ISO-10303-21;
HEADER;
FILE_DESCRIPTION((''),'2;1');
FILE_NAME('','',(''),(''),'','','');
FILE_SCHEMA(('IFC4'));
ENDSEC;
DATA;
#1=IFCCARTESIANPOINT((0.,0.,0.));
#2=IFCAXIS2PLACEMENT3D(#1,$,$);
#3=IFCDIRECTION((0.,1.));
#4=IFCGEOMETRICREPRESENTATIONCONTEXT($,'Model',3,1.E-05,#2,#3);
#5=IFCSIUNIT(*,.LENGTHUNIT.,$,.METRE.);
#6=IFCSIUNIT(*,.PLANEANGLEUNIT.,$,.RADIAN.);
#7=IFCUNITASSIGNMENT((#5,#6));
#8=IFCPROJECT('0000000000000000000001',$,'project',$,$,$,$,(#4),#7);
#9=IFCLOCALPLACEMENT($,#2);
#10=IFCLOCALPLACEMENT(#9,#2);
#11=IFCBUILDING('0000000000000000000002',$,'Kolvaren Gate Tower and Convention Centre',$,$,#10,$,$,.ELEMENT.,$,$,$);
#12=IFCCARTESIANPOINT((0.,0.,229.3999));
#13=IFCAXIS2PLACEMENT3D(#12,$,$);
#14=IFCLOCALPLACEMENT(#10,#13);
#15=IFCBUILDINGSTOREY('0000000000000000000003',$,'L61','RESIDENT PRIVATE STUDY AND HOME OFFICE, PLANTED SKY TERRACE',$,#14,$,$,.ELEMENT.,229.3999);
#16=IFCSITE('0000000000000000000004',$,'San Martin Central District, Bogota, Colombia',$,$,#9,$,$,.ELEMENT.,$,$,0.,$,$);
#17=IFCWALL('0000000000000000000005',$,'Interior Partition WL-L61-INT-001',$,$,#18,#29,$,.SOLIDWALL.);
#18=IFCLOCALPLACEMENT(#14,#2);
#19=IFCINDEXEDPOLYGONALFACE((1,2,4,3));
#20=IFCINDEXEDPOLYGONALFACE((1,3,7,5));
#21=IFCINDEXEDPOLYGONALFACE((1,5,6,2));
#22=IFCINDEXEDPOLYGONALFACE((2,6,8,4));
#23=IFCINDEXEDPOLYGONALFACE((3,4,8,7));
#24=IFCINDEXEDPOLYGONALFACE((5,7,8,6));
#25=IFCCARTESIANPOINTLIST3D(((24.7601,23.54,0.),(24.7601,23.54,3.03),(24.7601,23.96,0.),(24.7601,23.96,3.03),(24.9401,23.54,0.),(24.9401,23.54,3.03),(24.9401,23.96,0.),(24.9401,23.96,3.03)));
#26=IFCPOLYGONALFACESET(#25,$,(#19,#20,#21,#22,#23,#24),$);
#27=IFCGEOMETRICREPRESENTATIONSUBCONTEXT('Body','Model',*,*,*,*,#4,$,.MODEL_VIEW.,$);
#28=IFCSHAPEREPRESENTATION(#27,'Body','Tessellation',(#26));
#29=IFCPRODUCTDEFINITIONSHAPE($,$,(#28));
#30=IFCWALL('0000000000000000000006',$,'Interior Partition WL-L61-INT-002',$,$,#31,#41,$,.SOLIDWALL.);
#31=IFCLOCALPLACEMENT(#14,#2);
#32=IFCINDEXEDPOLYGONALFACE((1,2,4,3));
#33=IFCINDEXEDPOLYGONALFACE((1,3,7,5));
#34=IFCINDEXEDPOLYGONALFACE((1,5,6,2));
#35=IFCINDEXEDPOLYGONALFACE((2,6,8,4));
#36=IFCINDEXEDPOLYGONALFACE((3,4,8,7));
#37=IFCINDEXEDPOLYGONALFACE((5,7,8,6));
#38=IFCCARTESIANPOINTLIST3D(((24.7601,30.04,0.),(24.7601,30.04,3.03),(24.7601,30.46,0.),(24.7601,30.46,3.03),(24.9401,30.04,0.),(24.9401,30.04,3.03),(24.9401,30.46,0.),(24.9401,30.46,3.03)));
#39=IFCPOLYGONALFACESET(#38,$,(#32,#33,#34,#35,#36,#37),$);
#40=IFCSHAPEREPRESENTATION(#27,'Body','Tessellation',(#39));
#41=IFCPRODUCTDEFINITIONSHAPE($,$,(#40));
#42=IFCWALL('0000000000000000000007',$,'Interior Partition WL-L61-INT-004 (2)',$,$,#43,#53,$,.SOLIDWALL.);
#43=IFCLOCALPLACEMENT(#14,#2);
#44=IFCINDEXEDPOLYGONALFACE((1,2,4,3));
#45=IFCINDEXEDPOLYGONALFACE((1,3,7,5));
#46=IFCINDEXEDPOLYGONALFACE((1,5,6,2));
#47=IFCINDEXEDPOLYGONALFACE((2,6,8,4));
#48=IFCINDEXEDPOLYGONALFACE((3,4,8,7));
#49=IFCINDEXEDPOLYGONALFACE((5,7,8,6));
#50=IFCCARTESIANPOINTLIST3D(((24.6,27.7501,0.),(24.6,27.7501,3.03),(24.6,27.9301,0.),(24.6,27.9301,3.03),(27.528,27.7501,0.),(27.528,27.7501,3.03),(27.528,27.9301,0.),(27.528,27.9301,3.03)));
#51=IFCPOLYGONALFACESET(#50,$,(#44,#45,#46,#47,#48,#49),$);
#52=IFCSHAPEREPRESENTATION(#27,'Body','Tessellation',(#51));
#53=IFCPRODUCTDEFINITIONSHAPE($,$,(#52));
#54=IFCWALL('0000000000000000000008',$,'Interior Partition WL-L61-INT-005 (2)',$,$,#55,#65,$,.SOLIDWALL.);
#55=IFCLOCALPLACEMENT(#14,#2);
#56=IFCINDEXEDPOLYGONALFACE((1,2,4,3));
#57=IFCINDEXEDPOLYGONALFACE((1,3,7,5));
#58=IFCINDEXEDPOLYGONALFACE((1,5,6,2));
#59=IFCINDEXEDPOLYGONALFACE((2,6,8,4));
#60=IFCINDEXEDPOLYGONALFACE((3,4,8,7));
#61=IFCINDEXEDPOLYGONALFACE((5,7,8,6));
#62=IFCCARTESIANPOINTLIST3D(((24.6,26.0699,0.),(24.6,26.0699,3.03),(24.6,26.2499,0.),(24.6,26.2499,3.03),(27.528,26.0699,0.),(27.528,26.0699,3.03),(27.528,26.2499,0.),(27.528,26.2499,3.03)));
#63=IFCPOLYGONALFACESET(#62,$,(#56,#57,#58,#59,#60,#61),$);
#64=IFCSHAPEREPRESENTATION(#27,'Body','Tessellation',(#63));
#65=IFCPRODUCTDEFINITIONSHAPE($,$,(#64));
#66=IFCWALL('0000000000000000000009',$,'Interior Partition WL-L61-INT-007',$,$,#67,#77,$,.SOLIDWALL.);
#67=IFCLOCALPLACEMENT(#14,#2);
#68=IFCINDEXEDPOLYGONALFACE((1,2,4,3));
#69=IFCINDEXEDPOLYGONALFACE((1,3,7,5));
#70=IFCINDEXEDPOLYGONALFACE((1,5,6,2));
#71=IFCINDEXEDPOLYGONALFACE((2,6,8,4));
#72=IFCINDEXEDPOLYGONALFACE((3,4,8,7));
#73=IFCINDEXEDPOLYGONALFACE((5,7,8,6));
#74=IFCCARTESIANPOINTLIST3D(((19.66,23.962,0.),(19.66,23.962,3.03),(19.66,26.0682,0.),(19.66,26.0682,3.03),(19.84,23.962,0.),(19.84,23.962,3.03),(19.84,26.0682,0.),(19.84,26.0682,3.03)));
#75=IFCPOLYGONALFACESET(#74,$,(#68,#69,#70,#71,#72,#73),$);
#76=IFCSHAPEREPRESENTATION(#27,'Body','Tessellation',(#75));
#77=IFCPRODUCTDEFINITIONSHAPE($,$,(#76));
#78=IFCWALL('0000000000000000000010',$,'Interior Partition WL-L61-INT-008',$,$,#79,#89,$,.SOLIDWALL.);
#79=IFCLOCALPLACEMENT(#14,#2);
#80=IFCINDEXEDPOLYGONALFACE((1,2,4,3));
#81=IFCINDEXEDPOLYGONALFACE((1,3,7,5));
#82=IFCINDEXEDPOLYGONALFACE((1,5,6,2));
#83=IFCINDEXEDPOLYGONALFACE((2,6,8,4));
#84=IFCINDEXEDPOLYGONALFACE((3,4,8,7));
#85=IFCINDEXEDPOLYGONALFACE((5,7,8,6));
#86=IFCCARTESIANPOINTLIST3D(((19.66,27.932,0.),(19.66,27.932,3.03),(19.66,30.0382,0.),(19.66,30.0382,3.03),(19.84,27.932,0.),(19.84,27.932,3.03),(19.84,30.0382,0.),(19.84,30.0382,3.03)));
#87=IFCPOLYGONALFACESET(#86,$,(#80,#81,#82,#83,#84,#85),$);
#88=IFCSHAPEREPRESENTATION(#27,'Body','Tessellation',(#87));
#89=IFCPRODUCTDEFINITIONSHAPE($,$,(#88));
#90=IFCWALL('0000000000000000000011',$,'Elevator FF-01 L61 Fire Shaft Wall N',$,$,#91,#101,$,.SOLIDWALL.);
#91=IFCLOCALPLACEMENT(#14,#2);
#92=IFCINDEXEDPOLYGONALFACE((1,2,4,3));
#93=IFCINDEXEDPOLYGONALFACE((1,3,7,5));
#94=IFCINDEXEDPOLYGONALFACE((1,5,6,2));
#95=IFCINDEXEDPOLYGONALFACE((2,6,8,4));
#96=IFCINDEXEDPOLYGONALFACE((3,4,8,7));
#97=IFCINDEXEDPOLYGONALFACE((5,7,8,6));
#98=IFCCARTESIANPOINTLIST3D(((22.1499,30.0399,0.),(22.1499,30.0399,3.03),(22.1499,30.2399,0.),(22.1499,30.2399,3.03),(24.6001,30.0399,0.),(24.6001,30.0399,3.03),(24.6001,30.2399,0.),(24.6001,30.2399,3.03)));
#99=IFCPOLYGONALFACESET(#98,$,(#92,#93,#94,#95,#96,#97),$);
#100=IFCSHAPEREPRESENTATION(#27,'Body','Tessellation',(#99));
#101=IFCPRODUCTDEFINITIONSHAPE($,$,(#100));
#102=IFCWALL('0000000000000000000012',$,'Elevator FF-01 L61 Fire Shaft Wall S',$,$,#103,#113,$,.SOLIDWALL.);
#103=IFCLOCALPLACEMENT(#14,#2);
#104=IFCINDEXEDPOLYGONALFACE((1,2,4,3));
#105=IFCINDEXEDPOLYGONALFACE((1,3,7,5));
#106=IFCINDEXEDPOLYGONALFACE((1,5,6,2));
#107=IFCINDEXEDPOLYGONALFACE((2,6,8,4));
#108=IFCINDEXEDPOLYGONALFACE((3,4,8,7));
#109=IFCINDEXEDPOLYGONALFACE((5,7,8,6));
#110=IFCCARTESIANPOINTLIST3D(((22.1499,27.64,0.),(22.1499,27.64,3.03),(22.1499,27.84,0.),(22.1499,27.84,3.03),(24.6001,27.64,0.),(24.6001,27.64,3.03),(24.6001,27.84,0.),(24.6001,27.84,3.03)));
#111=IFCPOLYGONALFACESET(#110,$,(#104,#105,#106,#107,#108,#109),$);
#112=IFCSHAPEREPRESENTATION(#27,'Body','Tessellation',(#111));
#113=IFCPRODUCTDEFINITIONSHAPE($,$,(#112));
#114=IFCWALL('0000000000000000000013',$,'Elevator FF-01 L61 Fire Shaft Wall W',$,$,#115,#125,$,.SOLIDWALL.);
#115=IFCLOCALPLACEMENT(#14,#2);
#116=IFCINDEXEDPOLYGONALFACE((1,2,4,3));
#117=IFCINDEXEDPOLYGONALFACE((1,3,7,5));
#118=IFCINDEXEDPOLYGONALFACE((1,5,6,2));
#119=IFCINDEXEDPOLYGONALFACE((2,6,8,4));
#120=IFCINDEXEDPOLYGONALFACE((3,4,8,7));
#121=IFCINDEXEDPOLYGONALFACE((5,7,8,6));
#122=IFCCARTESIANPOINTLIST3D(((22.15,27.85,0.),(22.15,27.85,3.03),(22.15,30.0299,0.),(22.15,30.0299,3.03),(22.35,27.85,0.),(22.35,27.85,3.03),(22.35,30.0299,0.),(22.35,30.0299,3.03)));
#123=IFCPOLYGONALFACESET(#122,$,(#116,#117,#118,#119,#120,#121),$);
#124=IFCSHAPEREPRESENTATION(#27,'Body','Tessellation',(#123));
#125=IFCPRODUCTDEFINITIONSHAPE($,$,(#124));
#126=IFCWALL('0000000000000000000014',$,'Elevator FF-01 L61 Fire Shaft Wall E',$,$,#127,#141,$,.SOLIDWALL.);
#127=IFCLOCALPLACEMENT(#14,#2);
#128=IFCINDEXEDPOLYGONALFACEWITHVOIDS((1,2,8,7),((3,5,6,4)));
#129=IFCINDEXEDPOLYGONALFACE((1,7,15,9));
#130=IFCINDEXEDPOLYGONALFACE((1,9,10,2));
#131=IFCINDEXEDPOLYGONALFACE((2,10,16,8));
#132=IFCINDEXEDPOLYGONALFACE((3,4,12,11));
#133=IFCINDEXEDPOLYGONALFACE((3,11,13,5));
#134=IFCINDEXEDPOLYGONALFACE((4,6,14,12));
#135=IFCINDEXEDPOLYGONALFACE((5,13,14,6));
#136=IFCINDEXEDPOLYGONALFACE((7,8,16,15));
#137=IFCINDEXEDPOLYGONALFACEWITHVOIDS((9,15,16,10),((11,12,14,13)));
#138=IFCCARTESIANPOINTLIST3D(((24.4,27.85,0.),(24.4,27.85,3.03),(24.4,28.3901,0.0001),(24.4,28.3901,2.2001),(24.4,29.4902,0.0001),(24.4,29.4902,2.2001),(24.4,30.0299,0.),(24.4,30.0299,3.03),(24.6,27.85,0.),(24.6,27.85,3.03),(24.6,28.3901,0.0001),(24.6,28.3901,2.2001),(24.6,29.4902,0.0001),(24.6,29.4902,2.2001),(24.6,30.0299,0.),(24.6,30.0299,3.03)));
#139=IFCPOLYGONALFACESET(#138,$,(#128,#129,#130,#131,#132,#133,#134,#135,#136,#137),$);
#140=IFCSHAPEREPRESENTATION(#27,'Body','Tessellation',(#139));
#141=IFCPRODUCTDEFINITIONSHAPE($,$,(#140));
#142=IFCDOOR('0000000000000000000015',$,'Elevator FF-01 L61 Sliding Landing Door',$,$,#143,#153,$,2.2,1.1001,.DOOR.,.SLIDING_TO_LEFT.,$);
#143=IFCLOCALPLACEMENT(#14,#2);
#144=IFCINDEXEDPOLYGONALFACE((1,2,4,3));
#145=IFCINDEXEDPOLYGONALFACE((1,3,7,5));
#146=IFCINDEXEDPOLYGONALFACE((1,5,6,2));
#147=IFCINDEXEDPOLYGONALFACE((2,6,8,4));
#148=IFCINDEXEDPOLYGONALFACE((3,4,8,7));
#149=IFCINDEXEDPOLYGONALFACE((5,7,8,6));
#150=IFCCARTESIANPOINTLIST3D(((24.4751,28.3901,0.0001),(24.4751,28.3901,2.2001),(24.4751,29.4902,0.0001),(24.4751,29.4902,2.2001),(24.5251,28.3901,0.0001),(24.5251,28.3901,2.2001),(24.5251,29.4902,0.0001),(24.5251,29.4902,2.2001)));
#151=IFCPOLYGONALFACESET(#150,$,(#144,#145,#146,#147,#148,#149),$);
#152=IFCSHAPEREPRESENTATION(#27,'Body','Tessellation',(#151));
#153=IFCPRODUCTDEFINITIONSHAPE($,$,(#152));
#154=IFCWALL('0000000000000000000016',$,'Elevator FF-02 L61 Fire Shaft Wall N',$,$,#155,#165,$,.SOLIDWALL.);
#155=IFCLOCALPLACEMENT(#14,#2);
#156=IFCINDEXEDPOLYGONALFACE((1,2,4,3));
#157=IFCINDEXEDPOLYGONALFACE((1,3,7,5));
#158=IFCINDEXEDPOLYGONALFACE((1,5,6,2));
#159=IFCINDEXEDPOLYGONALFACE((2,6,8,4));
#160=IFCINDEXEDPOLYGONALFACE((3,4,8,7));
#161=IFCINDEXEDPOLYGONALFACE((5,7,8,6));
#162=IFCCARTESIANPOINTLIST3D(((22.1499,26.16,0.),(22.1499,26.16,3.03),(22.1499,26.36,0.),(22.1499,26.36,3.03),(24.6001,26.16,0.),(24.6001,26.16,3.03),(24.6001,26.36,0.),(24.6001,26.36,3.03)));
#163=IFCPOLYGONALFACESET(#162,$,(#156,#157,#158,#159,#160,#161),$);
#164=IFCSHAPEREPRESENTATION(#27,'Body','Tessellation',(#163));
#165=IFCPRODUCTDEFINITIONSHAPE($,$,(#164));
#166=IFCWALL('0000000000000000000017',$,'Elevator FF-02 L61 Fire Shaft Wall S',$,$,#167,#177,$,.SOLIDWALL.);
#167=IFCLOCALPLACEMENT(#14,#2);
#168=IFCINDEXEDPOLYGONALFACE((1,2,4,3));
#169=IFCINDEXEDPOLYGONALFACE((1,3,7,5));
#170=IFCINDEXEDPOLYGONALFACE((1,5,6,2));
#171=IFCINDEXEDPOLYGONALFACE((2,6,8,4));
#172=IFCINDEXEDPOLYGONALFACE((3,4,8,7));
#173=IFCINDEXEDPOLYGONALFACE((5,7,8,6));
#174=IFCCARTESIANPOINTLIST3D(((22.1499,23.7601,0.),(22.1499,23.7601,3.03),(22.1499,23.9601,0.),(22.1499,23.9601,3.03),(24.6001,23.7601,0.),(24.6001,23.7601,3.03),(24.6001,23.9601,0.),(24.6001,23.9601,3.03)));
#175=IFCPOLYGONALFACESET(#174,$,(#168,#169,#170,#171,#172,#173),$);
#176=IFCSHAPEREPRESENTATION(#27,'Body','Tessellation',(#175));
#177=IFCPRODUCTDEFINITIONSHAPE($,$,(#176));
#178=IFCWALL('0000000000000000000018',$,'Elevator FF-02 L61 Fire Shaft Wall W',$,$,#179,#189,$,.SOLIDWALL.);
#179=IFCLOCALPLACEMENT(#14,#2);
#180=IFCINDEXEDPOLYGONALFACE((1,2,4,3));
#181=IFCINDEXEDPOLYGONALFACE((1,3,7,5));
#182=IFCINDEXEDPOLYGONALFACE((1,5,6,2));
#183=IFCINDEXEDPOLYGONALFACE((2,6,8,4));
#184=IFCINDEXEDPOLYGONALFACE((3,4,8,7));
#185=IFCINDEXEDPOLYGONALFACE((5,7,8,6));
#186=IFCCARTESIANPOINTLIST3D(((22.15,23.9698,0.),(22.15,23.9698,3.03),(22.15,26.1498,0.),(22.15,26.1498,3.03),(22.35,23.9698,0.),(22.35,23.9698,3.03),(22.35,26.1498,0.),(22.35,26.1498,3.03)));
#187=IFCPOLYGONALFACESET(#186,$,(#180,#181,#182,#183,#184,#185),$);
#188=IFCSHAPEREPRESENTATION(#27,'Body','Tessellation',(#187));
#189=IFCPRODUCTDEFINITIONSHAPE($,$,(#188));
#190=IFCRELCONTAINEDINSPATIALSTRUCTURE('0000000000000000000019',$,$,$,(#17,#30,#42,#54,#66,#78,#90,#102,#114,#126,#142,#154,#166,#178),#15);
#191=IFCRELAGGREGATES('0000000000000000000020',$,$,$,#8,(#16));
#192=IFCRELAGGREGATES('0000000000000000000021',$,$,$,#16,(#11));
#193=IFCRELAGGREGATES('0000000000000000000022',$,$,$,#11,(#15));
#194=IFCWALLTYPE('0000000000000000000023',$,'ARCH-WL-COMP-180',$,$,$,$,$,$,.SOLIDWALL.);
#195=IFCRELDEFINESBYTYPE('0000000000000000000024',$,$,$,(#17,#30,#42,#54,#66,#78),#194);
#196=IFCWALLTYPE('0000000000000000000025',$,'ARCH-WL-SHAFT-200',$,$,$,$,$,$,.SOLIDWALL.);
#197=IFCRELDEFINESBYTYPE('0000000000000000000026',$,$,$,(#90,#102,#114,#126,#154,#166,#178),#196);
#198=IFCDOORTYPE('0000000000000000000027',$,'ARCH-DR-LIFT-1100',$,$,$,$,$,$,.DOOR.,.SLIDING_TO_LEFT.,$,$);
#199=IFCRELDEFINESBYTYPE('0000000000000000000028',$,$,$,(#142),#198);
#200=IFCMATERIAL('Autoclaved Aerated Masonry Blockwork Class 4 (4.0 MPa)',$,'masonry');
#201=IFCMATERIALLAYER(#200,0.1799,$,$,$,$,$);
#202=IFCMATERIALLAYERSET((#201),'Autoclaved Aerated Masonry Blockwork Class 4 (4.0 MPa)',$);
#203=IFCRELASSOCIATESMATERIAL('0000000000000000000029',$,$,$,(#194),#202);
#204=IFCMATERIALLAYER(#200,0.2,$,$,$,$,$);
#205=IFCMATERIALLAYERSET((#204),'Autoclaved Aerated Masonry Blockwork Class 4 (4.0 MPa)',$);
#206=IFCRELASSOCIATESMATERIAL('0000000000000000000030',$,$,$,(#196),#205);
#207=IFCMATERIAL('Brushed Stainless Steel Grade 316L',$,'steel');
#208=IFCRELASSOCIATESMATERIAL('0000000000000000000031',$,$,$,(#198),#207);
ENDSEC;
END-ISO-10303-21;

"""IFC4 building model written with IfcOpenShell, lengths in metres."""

from ifc_helpers import new_model, si_unit, direction, frame, frame_2d, origin, place, context, subcontext, project, spatial, rectangle, extrude, material, layer, layer_set, type_object, element, fill, save


model = new_model("IFC4")

# Units and contexts
model_context = context("Model", 3, precision=1e-05, world=origin(), true_north=direction((0.0, 1.0)))
body_context = subcontext(model_context, "Body", "Model", "MODEL_VIEW")
ifc_project = project(units=[si_unit("LENGTHUNIT", "METRE"), si_unit("PLANEANGLEUNIT", "RADIAN")], contexts=[model_context])

# Site, building, storey
site_placement = place(None, origin())
site = spatial("IfcSite", under=ifc_project, at=site_placement, Name="San Martin Central District, Bogota, Colombia", CompositionType="ELEMENT", RefElevation=0.0)
building_placement = place(site_placement, origin())
building = spatial("IfcBuilding", under=site, at=building_placement, Name="Kolvaren Gate Tower and Convention Centre", CompositionType="ELEMENT")
storey_placement = place(building_placement, frame((0.0, 0.0, 229.3999)))
storey = spatial("IfcBuildingStorey", under=building, at=storey_placement, Name="L61", Description="RESIDENT PRIVATE STUDY AND HOME OFFICE, PLANTED SKY TERRACE", CompositionType="ELEMENT", Elevation=229.3999)

# Walls
ifc_material_1 = material(Name="Autoclaved Aerated Masonry Blockwork Class 4 (4.0 MPa)", Category="masonry")
ifc_layer_1 = layer(ifc_material_1, 0.1799)
ifc_layer_set_1 = layer_set([ifc_layer_1], Name="Autoclaved Aerated Masonry Blockwork Class 4 (4.0 MPa)")
wall_type_1 = type_object("IfcWallType", Name="ARCH-WL-COMP-180", PredefinedType="SOLIDWALL", material=ifc_layer_set_1)
for number, where, z_axis, x_axis, name in (
    (1, (24.8501, 23.54, 0.0), (0.0, 0.0, 1.0), (0.0, 1.0, 0.0), "Interior Partition WL-L61-INT-001"),
    (2, (24.8501, 30.04, 0.0), (0.0, 0.0, 1.0), (0.0, 1.0, 0.0), "Interior Partition WL-L61-INT-002"),
):
    element("IfcWall", number, at=place(storey_placement, frame(where, z_axis=z_axis, x_axis=x_axis)), inside=storey, type_object=wall_type_1, Name=name, PredefinedType="SOLIDWALL", context=body_context, shape_type="SweptSolid", body=[
        extrude(rectangle(XDim=0.4199, YDim=0.1799, at=frame_2d((0.21, 0.0))), origin(), (0.0, 0.0, 1.0), 3.03),
    ])
for number, where, z_axis, x_axis, name in (
    (3, (24.6001, 27.8401, 0.0), (0.0, 0.0, 1.0), (1.0, 0.0, 0.0), "Interior Partition WL-L61-INT-004 (2)"),
    (4, (24.6001, 26.1599, 0.0), (0.0, 0.0, 1.0), (1.0, 0.0, 0.0), "Interior Partition WL-L61-INT-005 (2)"),
):
    element("IfcWall", number, at=place(storey_placement, frame(where, z_axis=z_axis, x_axis=x_axis)), inside=storey, type_object=wall_type_1, Name=name, PredefinedType="SOLIDWALL", context=body_context, shape_type="SweptSolid", body=[
        extrude(rectangle(XDim=2.928, YDim=0.1799, at=frame_2d((1.4639, 0.0))), origin(), (0.0, 0.0, 1.0), 3.03),
    ])
for number, where, z_axis, x_axis, name in (
    (5, (19.75, 23.9619, 0.0), (0.0, 0.0, 1.0), (0.0, 1.0, 0.0), "Interior Partition WL-L61-INT-007"),
    (6, (19.75, 27.9319, 0.0), (0.0, 0.0, 1.0), (0.0, 1.0, 0.0), "Interior Partition WL-L61-INT-008"),
):
    element("IfcWall", number, at=place(storey_placement, frame(where, z_axis=z_axis, x_axis=x_axis)), inside=storey, type_object=wall_type_1, Name=name, PredefinedType="SOLIDWALL", context=body_context, shape_type="SweptSolid", body=[
        extrude(rectangle(XDim=2.1062, YDim=0.1799, at=frame_2d((1.0532, 0.0))), origin(), (0.0, 0.0, 1.0), 3.03),
    ])
ifc_layer_2 = layer(ifc_material_1, 0.2)
ifc_layer_set_2 = layer_set([ifc_layer_2], Name="Autoclaved Aerated Masonry Blockwork Class 4 (4.0 MPa)")
wall_type_2 = type_object("IfcWallType", Name="ARCH-WL-SHAFT-200", PredefinedType="SOLIDWALL", material=ifc_layer_set_2)
for number, where, z_axis, x_axis, name in (
    (7, (22.1499, 30.1399, 0.0), (0.0, 0.0, 1.0), (1.0, 0.0, 0.0), "Elevator FF-01 L61 Fire Shaft Wall N"),
    (8, (22.1499, 27.74, 0.0), (0.0, 0.0, 1.0), (1.0, 0.0, 0.0), "Elevator FF-01 L61 Fire Shaft Wall S"),
):
    element("IfcWall", number, at=place(storey_placement, frame(where, z_axis=z_axis, x_axis=x_axis)), inside=storey, type_object=wall_type_2, Name=name, PredefinedType="SOLIDWALL", context=body_context, shape_type="SweptSolid", body=[
        extrude(rectangle(XDim=2.4502, YDim=0.2, at=frame_2d((1.2251, 0.0))), origin(), (0.0, 0.0, 1.0), 3.03),
    ])
wall_1_placement = place(storey_placement, frame((22.25, 27.8501, 0.0), z_axis=(0.0, 0.0, 1.0), x_axis=(0.0, 1.0, 0.0)))
element("IfcWall", 9, at=wall_1_placement, inside=storey, type_object=wall_type_2, Name="Elevator FF-01 L61 Fire Shaft Wall W", PredefinedType="SOLIDWALL", context=body_context, shape_type="SweptSolid", body=[
    extrude(rectangle(XDim=2.1799, YDim=0.2, at=frame_2d((1.0898, 0.0))), origin(), (0.0, 0.0, 1.0), 3.03),
])

# Wall, opening, door
wall_2_placement = place(storey_placement, frame((24.5, 27.8501, 0.0), z_axis=(0.0, 0.0, 1.0), x_axis=(0.0, 1.0, 0.0)))
wall_2 = element("IfcWall", 10, at=wall_2_placement, inside=storey, type_object=wall_type_2, Name="Elevator FF-01 L61 Fire Shaft Wall E", PredefinedType="SOLIDWALL", context=body_context, shape_type="SweptSolid", body=[
    extrude(rectangle(XDim=2.1799, YDim=0.2, at=frame_2d((1.0898, 0.0))), origin(), (0.0, 0.0, 1.0), 3.03),
])
opening_1_placement = place(wall_2_placement, frame((0.54, 0.0, 0.0)))
opening_1 = element("IfcOpeningElement", 11, at=opening_1_placement, cuts=wall_2, PredefinedType="OPENING", context=body_context, shape_type="SweptSolid", body=[
    extrude(rectangle(XDim=1.1001, YDim=2.2, at=frame_2d((0.55, 1.1001))), frame((0.0, 0.1099, 0.0), z_axis=(0.0, -1.0, 0.0), x_axis=(1.0, 0.0, 0.0)), (0.0, 0.0, 1.0), 0.22),
])
ifc_material_2 = material(Name="Brushed Stainless Steel Grade 316L", Category="steel")
door_type_1 = type_object("IfcDoorType", Name="ARCH-DR-LIFT-1100", OperationType="SLIDING_TO_LEFT", PredefinedType="DOOR", material=ifc_material_2)
door_1_placement = place(opening_1_placement, origin())
door_1 = element("IfcDoor", 12, at=door_1_placement, inside=storey, type_object=door_type_1, Name="Elevator FF-01 L61 Sliding Landing Door", OperationType="SLIDING_TO_LEFT", OverallHeight=2.2, OverallWidth=1.1001, PredefinedType="DOOR", context=body_context, shape_type="SweptSolid", body=[
    extrude(rectangle(XDim=1.1001, YDim=2.2, at=frame_2d((0.55, 1.1001))), frame((0.0, 0.0249, 0.0), z_axis=(0.0, -1.0, 0.0), x_axis=(1.0, 0.0, 0.0)), (0.0, 0.0, 1.0), 0.05),
])
fill(opening_1, door_1)

# Walls
for number, where, z_axis, x_axis, name in (
    (13, (22.1499, 26.26, 0.0), (0.0, 0.0, 1.0), (1.0, 0.0, 0.0), "Elevator FF-02 L61 Fire Shaft Wall N"),
    (14, (22.1499, 23.8601, 0.0), (0.0, 0.0, 1.0), (1.0, 0.0, 0.0), "Elevator FF-02 L61 Fire Shaft Wall S"),
):
    element("IfcWall", number, at=place(storey_placement, frame(where, z_axis=z_axis, x_axis=x_axis)), inside=storey, type_object=wall_type_2, Name=name, PredefinedType="SOLIDWALL", context=body_context, shape_type="SweptSolid", body=[
        extrude(rectangle(XDim=2.4502, YDim=0.2, at=frame_2d((1.2251, 0.0))), origin(), (0.0, 0.0, 1.0), 3.03),
    ])
wall_3_placement = place(storey_placement, frame((22.25, 23.97, 0.0), z_axis=(0.0, 0.0, 1.0), x_axis=(0.0, 1.0, 0.0)))
element("IfcWall", 15, at=wall_3_placement, inside=storey, type_object=wall_type_2, Name="Elevator FF-02 L61 Fire Shaft Wall W", PredefinedType="SOLIDWALL", context=body_context, shape_type="SweptSolid", body=[
    extrude(rectangle(XDim=2.1799, YDim=0.2, at=frame_2d((1.0898, 0.0))), origin(), (0.0, 0.0, 1.0), 3.03),
])

save(model, "model.ifc")
